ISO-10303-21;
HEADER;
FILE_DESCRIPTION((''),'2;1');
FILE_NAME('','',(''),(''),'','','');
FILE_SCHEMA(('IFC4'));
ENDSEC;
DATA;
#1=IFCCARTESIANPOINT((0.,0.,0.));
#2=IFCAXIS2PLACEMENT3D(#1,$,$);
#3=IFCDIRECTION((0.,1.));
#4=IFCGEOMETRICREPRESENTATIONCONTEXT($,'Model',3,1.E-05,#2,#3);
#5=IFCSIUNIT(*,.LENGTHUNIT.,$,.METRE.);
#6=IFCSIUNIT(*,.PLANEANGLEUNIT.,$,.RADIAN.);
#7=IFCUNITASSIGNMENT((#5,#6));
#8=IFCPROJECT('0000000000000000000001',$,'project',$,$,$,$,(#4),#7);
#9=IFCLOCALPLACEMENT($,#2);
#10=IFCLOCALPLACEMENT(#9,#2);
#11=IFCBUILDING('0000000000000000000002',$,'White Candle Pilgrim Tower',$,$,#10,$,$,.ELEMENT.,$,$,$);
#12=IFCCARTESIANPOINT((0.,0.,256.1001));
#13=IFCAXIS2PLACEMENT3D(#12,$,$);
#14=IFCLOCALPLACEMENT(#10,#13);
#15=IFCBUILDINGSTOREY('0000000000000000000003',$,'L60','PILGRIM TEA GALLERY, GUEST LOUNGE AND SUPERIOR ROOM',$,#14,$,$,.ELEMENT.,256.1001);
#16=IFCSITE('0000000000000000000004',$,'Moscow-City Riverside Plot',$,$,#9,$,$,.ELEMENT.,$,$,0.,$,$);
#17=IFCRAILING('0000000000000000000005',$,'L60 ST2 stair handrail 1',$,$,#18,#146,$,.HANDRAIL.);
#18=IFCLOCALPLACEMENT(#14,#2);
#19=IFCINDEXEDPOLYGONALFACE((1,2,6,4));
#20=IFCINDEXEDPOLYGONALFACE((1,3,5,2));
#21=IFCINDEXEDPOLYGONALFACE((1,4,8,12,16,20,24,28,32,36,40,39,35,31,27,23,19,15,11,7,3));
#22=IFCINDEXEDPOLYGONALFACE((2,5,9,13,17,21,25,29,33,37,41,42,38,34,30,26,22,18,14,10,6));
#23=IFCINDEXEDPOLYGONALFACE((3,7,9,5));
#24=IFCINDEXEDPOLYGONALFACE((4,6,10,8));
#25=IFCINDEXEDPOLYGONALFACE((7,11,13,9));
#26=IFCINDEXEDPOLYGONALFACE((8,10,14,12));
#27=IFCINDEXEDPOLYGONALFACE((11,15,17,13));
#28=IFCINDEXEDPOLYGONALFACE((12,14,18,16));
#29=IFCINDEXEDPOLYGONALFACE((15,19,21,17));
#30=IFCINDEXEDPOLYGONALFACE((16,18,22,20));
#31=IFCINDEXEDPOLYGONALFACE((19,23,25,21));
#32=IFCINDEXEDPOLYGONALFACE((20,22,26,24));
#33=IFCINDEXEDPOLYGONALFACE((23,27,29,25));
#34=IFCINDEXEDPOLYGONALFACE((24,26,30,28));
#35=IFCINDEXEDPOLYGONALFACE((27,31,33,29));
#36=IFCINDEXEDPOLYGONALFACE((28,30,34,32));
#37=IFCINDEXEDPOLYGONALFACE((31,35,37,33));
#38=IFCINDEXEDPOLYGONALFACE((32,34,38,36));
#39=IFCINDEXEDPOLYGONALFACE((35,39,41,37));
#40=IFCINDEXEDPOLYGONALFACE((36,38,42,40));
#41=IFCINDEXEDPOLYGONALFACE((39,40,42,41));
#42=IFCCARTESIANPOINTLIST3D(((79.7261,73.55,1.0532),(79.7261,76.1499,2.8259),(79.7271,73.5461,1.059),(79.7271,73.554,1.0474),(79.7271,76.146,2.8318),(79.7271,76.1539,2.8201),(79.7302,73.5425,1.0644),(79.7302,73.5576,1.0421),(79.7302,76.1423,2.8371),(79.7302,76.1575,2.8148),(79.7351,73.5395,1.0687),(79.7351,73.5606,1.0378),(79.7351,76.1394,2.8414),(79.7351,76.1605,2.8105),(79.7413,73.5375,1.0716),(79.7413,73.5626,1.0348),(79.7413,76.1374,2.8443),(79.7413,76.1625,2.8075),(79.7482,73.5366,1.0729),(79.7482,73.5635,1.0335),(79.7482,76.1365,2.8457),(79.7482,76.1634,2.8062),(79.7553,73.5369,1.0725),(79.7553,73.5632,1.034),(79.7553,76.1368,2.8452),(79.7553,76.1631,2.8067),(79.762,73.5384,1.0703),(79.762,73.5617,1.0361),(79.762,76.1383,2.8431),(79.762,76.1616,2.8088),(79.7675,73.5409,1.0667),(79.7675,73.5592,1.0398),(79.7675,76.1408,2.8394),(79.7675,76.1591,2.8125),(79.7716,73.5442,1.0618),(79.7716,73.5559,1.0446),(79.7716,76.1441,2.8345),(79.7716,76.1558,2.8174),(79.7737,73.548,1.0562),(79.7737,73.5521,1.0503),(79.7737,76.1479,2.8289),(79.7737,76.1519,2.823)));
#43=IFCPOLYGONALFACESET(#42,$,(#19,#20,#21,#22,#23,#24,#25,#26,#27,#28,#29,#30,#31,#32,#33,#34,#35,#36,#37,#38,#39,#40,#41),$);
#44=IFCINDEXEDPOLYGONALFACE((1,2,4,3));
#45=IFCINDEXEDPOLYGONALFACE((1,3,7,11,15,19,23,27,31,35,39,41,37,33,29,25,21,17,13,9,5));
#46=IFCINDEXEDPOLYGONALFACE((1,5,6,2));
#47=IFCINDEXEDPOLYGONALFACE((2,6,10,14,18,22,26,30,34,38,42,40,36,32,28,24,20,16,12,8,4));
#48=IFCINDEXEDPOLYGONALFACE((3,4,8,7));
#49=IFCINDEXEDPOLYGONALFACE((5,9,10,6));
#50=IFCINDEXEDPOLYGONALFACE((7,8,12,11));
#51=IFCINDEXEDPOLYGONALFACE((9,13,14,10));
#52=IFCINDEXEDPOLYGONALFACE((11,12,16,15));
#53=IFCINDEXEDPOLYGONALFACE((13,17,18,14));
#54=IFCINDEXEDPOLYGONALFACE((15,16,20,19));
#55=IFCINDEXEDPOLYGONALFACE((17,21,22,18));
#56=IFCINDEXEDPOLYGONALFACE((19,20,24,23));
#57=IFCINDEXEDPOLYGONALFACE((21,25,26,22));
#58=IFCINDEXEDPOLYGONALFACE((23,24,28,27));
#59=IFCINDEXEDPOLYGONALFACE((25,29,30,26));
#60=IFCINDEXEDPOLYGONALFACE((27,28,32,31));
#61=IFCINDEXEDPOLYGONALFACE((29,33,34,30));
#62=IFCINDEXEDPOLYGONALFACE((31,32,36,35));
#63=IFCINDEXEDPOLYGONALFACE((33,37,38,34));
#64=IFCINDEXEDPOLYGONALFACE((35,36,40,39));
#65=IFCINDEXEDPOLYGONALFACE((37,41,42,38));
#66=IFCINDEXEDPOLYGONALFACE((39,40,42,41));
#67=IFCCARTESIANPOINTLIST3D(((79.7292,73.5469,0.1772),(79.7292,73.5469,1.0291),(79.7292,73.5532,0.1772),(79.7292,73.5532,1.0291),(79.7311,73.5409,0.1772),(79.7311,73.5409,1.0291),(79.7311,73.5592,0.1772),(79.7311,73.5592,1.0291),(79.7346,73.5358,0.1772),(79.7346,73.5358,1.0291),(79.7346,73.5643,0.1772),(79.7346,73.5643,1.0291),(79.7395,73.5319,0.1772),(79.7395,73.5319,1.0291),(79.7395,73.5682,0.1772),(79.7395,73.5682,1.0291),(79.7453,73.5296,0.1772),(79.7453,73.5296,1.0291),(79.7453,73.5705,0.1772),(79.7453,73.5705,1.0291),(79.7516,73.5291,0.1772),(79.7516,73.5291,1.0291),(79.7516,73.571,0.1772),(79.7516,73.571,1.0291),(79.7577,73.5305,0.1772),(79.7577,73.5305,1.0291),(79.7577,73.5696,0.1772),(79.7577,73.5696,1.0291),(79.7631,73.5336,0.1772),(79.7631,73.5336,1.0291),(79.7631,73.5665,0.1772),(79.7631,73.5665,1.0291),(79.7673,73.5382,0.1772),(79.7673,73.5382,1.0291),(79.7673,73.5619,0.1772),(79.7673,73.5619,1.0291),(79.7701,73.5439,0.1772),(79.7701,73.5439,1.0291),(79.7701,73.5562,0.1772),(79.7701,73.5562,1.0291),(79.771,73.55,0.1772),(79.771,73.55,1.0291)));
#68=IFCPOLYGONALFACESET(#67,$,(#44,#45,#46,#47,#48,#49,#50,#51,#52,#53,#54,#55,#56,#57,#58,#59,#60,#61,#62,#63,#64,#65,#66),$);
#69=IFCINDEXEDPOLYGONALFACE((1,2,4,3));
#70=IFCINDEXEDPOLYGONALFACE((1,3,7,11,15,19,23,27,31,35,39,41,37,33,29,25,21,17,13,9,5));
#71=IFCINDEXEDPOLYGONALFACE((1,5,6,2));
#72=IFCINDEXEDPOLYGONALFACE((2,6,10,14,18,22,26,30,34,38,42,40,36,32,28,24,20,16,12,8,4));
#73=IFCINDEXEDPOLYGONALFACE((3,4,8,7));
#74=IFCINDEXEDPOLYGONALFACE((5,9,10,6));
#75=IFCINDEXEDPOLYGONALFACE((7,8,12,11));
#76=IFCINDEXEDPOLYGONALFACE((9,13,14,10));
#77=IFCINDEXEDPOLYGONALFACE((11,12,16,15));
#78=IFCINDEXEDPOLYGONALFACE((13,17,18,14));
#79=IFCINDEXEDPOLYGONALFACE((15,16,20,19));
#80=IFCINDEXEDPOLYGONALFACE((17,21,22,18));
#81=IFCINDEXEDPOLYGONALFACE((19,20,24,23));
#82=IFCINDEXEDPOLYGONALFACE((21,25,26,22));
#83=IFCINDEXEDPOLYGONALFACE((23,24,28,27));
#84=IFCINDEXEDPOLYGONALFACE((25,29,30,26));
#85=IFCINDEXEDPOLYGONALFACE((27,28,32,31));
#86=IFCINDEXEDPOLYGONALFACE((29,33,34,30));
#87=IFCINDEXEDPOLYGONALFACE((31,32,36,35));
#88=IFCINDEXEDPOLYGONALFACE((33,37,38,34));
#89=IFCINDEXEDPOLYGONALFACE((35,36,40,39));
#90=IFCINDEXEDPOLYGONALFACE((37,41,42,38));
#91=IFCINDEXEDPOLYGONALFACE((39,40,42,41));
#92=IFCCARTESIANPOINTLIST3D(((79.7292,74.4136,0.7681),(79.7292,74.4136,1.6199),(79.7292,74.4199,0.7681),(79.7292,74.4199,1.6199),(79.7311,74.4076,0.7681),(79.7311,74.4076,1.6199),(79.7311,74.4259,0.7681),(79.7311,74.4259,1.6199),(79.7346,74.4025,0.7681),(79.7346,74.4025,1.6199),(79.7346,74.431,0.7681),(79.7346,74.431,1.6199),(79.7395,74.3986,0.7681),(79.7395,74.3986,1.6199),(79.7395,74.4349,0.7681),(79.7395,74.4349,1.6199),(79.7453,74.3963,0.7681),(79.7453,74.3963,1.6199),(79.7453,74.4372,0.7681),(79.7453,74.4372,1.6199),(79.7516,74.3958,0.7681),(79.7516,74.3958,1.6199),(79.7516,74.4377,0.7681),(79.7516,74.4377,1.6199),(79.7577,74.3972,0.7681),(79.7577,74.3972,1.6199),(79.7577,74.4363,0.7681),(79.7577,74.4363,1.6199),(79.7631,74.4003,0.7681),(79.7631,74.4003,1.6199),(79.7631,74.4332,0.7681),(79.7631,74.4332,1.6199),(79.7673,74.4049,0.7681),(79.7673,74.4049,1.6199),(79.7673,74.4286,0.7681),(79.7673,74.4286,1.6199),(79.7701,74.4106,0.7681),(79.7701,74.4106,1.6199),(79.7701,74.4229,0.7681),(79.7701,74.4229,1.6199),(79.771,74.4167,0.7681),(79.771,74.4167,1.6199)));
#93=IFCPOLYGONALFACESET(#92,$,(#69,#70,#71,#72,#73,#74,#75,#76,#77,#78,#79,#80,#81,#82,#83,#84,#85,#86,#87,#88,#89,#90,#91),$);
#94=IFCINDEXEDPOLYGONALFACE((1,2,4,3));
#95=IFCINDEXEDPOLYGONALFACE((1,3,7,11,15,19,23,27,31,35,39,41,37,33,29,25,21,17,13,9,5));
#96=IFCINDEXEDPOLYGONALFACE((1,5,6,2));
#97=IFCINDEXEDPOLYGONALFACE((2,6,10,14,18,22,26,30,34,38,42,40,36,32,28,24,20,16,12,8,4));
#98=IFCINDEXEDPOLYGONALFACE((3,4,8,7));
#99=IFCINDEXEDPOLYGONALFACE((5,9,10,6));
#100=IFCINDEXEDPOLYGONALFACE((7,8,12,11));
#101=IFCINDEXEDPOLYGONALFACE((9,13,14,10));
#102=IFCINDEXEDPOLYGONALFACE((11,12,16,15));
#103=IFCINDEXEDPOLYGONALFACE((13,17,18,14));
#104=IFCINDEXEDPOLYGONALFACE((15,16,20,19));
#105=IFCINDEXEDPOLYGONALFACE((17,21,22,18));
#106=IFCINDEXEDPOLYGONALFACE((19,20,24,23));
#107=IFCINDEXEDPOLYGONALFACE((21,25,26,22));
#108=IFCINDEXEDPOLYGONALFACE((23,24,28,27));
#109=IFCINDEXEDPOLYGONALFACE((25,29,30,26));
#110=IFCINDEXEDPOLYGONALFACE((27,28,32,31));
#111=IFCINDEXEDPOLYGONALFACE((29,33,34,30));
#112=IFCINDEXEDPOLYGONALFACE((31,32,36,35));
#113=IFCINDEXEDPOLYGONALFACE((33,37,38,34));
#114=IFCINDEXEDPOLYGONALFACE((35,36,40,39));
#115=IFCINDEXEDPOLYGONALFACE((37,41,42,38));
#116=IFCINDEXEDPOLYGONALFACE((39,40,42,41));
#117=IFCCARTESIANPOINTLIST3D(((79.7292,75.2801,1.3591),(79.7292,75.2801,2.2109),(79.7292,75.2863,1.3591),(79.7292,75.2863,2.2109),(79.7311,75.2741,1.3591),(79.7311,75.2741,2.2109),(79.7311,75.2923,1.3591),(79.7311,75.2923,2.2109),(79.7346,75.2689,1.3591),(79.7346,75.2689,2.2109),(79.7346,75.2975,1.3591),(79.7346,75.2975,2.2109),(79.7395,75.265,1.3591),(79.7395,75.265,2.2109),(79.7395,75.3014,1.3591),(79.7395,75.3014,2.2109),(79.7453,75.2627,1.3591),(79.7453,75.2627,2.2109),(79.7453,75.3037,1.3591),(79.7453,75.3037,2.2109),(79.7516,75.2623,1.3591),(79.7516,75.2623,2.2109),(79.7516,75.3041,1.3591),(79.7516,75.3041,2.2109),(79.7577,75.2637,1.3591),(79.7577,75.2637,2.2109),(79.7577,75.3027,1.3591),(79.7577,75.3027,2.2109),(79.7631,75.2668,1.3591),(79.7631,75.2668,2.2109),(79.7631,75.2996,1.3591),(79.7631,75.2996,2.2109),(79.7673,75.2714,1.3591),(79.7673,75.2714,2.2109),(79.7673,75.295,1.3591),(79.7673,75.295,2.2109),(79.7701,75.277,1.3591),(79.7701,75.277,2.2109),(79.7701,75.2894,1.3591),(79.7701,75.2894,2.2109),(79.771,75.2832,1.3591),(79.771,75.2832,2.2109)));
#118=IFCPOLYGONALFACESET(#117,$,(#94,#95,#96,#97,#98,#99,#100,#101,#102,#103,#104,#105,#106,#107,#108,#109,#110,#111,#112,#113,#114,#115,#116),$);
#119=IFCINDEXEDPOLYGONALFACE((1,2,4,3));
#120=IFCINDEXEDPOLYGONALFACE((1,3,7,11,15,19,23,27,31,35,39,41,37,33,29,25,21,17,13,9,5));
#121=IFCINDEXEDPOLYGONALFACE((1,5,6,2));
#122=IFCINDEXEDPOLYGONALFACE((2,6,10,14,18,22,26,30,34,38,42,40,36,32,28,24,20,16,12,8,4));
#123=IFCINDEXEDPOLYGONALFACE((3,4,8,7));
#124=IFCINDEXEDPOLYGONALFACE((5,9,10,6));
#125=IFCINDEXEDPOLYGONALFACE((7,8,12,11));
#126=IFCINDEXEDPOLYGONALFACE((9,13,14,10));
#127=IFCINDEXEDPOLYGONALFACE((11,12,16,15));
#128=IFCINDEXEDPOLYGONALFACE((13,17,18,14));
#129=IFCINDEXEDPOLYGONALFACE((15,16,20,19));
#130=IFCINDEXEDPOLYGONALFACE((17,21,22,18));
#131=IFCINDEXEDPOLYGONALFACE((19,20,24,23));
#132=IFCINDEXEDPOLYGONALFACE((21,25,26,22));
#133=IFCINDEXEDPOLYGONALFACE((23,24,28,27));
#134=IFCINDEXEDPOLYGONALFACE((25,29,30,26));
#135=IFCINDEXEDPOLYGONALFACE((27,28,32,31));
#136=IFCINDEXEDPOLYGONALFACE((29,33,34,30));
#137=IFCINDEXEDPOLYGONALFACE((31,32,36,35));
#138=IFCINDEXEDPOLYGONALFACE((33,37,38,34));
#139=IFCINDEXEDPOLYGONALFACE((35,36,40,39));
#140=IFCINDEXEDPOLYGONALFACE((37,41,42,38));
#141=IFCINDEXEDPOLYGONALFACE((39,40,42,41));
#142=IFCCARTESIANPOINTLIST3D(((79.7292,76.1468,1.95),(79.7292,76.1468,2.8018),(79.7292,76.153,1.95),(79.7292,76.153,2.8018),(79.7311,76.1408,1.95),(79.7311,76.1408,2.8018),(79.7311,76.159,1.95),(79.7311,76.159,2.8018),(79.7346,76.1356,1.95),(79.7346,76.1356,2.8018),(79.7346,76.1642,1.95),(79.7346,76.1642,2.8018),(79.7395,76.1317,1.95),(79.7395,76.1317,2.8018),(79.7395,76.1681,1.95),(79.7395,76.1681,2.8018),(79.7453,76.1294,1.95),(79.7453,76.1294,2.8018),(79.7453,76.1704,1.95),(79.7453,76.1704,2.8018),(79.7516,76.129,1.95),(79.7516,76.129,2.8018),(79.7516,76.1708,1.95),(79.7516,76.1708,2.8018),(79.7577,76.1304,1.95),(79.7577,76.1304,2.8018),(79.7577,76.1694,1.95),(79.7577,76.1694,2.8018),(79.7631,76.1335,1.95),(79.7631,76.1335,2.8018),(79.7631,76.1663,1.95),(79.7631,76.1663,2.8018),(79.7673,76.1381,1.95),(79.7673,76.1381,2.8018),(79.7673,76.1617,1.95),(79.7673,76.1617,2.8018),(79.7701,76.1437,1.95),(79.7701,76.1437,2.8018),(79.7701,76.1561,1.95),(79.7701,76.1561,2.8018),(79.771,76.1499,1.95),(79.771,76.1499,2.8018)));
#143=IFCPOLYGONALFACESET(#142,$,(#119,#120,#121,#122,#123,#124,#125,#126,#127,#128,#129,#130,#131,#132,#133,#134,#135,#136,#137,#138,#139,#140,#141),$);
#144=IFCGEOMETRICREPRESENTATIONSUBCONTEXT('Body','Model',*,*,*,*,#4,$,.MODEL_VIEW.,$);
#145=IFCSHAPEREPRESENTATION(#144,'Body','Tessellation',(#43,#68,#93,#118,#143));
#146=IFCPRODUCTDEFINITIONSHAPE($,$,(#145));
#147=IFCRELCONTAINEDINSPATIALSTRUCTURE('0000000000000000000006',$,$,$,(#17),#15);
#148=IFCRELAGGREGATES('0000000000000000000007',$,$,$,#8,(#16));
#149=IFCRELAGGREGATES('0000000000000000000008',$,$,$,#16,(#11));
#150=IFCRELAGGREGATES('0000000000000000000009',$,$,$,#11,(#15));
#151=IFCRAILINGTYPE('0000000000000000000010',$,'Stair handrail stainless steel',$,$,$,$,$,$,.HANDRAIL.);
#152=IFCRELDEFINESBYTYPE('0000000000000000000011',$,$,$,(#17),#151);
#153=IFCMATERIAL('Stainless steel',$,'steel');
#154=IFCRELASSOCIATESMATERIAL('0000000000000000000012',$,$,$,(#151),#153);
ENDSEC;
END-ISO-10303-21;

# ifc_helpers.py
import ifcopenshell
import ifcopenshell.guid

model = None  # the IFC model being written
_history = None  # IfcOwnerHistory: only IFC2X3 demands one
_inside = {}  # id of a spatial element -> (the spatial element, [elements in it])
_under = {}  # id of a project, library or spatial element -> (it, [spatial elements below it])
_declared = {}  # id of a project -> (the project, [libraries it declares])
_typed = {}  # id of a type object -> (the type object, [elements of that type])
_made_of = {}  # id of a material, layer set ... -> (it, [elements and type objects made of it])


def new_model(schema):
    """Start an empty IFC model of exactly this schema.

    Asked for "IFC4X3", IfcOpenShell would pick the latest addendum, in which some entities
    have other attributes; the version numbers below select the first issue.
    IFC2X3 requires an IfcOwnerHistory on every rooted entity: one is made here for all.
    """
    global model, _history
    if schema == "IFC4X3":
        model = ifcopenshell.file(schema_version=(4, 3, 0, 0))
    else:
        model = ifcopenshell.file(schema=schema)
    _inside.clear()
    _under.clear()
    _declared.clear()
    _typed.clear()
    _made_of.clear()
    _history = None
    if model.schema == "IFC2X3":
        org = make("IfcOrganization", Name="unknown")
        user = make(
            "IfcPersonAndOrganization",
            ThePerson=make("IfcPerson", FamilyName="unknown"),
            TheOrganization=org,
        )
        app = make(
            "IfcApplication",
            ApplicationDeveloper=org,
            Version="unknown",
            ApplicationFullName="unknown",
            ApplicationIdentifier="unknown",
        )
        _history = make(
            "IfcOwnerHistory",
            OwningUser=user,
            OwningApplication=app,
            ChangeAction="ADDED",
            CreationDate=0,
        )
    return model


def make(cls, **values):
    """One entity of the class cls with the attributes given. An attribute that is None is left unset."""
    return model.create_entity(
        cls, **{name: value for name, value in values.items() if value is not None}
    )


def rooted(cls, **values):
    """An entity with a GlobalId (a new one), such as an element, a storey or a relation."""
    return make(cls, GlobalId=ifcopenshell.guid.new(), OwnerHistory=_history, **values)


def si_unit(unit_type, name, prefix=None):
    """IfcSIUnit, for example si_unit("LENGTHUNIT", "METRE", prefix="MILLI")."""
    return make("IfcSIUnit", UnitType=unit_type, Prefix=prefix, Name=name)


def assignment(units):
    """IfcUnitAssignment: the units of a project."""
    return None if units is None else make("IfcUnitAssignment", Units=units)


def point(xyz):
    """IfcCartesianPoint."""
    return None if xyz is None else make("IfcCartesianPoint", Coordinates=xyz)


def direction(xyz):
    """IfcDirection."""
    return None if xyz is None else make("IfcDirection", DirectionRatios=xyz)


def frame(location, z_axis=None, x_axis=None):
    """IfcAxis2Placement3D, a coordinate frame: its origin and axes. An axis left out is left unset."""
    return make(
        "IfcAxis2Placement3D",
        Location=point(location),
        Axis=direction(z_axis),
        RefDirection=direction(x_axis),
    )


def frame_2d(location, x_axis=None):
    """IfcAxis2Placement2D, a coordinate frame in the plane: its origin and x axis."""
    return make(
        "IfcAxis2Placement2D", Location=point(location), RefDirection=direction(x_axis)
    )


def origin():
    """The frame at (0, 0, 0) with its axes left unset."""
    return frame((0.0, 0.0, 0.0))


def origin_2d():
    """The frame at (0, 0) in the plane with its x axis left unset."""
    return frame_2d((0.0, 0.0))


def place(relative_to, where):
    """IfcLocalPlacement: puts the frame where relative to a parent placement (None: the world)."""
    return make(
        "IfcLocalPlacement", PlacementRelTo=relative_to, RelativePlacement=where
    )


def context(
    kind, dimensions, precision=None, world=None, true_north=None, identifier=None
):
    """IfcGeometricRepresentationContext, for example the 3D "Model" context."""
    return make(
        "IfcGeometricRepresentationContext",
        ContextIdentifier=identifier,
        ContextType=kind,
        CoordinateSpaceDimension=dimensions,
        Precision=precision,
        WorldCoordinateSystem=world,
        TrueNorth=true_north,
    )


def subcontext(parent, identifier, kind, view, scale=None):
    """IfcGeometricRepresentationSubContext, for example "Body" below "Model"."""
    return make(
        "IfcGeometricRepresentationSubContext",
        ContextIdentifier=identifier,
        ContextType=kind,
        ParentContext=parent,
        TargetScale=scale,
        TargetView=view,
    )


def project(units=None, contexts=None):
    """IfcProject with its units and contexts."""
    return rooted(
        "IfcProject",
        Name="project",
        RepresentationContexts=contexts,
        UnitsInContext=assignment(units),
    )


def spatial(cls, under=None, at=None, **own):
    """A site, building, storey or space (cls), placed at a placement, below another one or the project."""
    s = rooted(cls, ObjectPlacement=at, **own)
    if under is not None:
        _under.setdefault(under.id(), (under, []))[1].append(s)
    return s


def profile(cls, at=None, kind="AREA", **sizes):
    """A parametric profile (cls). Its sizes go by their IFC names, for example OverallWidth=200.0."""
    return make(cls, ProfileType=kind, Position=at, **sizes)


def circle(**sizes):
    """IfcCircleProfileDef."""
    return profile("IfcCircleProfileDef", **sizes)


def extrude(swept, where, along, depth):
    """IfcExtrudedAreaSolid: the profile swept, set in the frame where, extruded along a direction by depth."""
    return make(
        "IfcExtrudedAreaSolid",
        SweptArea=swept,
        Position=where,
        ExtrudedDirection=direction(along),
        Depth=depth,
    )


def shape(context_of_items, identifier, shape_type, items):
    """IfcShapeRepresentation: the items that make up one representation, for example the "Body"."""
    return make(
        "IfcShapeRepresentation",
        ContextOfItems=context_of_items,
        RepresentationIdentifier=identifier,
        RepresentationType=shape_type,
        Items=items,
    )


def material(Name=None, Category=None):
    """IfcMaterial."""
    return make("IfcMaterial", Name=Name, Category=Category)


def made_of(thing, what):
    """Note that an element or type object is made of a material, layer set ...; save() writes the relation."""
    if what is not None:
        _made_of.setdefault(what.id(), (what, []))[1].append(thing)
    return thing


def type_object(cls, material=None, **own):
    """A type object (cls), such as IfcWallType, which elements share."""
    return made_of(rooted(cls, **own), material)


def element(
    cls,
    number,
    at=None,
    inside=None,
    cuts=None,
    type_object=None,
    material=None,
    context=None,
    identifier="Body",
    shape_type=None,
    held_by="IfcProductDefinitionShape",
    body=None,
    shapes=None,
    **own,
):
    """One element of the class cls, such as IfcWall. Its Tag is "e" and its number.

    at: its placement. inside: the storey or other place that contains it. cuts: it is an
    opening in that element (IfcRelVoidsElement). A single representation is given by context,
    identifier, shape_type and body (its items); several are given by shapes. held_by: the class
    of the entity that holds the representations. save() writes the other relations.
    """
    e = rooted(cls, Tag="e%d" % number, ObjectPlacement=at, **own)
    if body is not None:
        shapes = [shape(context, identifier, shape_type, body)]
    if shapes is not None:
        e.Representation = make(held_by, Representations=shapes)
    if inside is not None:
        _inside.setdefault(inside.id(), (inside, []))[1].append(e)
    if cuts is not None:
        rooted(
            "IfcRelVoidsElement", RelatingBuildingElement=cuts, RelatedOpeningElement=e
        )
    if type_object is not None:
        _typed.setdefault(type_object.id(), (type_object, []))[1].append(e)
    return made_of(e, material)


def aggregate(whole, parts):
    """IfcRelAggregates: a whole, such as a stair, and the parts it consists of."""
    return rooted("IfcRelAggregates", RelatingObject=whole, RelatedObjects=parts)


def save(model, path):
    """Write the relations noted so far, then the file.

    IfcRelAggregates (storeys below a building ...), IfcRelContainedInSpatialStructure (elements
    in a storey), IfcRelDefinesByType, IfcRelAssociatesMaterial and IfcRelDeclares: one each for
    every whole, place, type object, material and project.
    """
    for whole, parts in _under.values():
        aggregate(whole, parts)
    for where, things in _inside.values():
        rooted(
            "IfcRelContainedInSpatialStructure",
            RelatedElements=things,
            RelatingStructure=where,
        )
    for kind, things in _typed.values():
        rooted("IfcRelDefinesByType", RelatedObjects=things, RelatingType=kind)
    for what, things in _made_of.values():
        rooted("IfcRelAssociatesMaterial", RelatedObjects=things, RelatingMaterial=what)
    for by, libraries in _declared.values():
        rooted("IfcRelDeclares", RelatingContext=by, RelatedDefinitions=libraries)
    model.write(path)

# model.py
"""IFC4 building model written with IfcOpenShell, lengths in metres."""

from ifc_helpers import new_model, si_unit, direction, frame, origin, origin_2d, place, context, subcontext, project, spatial, circle, extrude, material, type_object, element, save


model = new_model("IFC4")

# Units and contexts
model_context = context("Model", 3, precision=1e-05, world=origin(), true_north=direction((0.0, 1.0)))
body_context = subcontext(model_context, "Body", "Model", "MODEL_VIEW")
ifc_project = project(units=[si_unit("LENGTHUNIT", "METRE"), si_unit("PLANEANGLEUNIT", "RADIAN")], contexts=[model_context])

# Site, building, storey
site_placement = place(None, origin())
site = spatial("IfcSite", under=ifc_project, at=site_placement, Name="Moscow-City Riverside Plot", CompositionType="ELEMENT", RefElevation=0.0)
building_placement = place(site_placement, origin())
building = spatial("IfcBuilding", under=site, at=building_placement, Name="White Candle Pilgrim Tower", CompositionType="ELEMENT")
storey_placement = place(building_placement, frame((0.0, 0.0, 256.1001)))
storey = spatial("IfcBuildingStorey", under=building, at=storey_placement, Name="L60", Description="PILGRIM TEA GALLERY, GUEST LOUNGE AND SUPERIOR ROOM", CompositionType="ELEMENT", Elevation=256.1001)

# Railing
ifc_material_1 = material(Name="Stainless steel", Category="steel")
railing_type_1 = type_object("IfcRailingType", Name="Stair handrail stainless steel", PredefinedType="HANDRAIL", material=ifc_material_1)
railing_1_placement = place(storey_placement, frame((79.75, 73.55, 0.1772)))
element("IfcRailing", 1, at=railing_1_placement, inside=storey, type_object=railing_type_1, Name="L60 ST2 stair handrail 1", PredefinedType="HANDRAIL", context=body_context, shape_type="SweptSolid", body=[
    extrude(circle(Radius=0.0239, at=origin_2d()), frame((0.0, 0.0, 0.876), z_axis=(0.0, 0.826216, 0.563354), x_axis=(-1.0, 0.0, 0.0)), (0.0, 0.0, 1.0), 3.1467),
    extrude(circle(Radius=0.021, at=origin_2d()), origin(), (0.0, 0.0, 1.0), 0.8518),
    extrude(circle(Radius=0.021, at=origin_2d()), frame((0.0, 0.8667, 0.5908)), (0.0, 0.0, 1.0), 0.8518),
    extrude(circle(Radius=0.021, at=origin_2d()), frame((0.0, 1.7332, 1.1819)), (0.0, 0.0, 1.0), 0.8518),
    extrude(circle(Radius=0.021, at=origin_2d()), frame((0.0, 2.5999, 1.7727)), (0.0, 0.0, 1.0), 0.8518),
])

save(model, "model.ifc")
